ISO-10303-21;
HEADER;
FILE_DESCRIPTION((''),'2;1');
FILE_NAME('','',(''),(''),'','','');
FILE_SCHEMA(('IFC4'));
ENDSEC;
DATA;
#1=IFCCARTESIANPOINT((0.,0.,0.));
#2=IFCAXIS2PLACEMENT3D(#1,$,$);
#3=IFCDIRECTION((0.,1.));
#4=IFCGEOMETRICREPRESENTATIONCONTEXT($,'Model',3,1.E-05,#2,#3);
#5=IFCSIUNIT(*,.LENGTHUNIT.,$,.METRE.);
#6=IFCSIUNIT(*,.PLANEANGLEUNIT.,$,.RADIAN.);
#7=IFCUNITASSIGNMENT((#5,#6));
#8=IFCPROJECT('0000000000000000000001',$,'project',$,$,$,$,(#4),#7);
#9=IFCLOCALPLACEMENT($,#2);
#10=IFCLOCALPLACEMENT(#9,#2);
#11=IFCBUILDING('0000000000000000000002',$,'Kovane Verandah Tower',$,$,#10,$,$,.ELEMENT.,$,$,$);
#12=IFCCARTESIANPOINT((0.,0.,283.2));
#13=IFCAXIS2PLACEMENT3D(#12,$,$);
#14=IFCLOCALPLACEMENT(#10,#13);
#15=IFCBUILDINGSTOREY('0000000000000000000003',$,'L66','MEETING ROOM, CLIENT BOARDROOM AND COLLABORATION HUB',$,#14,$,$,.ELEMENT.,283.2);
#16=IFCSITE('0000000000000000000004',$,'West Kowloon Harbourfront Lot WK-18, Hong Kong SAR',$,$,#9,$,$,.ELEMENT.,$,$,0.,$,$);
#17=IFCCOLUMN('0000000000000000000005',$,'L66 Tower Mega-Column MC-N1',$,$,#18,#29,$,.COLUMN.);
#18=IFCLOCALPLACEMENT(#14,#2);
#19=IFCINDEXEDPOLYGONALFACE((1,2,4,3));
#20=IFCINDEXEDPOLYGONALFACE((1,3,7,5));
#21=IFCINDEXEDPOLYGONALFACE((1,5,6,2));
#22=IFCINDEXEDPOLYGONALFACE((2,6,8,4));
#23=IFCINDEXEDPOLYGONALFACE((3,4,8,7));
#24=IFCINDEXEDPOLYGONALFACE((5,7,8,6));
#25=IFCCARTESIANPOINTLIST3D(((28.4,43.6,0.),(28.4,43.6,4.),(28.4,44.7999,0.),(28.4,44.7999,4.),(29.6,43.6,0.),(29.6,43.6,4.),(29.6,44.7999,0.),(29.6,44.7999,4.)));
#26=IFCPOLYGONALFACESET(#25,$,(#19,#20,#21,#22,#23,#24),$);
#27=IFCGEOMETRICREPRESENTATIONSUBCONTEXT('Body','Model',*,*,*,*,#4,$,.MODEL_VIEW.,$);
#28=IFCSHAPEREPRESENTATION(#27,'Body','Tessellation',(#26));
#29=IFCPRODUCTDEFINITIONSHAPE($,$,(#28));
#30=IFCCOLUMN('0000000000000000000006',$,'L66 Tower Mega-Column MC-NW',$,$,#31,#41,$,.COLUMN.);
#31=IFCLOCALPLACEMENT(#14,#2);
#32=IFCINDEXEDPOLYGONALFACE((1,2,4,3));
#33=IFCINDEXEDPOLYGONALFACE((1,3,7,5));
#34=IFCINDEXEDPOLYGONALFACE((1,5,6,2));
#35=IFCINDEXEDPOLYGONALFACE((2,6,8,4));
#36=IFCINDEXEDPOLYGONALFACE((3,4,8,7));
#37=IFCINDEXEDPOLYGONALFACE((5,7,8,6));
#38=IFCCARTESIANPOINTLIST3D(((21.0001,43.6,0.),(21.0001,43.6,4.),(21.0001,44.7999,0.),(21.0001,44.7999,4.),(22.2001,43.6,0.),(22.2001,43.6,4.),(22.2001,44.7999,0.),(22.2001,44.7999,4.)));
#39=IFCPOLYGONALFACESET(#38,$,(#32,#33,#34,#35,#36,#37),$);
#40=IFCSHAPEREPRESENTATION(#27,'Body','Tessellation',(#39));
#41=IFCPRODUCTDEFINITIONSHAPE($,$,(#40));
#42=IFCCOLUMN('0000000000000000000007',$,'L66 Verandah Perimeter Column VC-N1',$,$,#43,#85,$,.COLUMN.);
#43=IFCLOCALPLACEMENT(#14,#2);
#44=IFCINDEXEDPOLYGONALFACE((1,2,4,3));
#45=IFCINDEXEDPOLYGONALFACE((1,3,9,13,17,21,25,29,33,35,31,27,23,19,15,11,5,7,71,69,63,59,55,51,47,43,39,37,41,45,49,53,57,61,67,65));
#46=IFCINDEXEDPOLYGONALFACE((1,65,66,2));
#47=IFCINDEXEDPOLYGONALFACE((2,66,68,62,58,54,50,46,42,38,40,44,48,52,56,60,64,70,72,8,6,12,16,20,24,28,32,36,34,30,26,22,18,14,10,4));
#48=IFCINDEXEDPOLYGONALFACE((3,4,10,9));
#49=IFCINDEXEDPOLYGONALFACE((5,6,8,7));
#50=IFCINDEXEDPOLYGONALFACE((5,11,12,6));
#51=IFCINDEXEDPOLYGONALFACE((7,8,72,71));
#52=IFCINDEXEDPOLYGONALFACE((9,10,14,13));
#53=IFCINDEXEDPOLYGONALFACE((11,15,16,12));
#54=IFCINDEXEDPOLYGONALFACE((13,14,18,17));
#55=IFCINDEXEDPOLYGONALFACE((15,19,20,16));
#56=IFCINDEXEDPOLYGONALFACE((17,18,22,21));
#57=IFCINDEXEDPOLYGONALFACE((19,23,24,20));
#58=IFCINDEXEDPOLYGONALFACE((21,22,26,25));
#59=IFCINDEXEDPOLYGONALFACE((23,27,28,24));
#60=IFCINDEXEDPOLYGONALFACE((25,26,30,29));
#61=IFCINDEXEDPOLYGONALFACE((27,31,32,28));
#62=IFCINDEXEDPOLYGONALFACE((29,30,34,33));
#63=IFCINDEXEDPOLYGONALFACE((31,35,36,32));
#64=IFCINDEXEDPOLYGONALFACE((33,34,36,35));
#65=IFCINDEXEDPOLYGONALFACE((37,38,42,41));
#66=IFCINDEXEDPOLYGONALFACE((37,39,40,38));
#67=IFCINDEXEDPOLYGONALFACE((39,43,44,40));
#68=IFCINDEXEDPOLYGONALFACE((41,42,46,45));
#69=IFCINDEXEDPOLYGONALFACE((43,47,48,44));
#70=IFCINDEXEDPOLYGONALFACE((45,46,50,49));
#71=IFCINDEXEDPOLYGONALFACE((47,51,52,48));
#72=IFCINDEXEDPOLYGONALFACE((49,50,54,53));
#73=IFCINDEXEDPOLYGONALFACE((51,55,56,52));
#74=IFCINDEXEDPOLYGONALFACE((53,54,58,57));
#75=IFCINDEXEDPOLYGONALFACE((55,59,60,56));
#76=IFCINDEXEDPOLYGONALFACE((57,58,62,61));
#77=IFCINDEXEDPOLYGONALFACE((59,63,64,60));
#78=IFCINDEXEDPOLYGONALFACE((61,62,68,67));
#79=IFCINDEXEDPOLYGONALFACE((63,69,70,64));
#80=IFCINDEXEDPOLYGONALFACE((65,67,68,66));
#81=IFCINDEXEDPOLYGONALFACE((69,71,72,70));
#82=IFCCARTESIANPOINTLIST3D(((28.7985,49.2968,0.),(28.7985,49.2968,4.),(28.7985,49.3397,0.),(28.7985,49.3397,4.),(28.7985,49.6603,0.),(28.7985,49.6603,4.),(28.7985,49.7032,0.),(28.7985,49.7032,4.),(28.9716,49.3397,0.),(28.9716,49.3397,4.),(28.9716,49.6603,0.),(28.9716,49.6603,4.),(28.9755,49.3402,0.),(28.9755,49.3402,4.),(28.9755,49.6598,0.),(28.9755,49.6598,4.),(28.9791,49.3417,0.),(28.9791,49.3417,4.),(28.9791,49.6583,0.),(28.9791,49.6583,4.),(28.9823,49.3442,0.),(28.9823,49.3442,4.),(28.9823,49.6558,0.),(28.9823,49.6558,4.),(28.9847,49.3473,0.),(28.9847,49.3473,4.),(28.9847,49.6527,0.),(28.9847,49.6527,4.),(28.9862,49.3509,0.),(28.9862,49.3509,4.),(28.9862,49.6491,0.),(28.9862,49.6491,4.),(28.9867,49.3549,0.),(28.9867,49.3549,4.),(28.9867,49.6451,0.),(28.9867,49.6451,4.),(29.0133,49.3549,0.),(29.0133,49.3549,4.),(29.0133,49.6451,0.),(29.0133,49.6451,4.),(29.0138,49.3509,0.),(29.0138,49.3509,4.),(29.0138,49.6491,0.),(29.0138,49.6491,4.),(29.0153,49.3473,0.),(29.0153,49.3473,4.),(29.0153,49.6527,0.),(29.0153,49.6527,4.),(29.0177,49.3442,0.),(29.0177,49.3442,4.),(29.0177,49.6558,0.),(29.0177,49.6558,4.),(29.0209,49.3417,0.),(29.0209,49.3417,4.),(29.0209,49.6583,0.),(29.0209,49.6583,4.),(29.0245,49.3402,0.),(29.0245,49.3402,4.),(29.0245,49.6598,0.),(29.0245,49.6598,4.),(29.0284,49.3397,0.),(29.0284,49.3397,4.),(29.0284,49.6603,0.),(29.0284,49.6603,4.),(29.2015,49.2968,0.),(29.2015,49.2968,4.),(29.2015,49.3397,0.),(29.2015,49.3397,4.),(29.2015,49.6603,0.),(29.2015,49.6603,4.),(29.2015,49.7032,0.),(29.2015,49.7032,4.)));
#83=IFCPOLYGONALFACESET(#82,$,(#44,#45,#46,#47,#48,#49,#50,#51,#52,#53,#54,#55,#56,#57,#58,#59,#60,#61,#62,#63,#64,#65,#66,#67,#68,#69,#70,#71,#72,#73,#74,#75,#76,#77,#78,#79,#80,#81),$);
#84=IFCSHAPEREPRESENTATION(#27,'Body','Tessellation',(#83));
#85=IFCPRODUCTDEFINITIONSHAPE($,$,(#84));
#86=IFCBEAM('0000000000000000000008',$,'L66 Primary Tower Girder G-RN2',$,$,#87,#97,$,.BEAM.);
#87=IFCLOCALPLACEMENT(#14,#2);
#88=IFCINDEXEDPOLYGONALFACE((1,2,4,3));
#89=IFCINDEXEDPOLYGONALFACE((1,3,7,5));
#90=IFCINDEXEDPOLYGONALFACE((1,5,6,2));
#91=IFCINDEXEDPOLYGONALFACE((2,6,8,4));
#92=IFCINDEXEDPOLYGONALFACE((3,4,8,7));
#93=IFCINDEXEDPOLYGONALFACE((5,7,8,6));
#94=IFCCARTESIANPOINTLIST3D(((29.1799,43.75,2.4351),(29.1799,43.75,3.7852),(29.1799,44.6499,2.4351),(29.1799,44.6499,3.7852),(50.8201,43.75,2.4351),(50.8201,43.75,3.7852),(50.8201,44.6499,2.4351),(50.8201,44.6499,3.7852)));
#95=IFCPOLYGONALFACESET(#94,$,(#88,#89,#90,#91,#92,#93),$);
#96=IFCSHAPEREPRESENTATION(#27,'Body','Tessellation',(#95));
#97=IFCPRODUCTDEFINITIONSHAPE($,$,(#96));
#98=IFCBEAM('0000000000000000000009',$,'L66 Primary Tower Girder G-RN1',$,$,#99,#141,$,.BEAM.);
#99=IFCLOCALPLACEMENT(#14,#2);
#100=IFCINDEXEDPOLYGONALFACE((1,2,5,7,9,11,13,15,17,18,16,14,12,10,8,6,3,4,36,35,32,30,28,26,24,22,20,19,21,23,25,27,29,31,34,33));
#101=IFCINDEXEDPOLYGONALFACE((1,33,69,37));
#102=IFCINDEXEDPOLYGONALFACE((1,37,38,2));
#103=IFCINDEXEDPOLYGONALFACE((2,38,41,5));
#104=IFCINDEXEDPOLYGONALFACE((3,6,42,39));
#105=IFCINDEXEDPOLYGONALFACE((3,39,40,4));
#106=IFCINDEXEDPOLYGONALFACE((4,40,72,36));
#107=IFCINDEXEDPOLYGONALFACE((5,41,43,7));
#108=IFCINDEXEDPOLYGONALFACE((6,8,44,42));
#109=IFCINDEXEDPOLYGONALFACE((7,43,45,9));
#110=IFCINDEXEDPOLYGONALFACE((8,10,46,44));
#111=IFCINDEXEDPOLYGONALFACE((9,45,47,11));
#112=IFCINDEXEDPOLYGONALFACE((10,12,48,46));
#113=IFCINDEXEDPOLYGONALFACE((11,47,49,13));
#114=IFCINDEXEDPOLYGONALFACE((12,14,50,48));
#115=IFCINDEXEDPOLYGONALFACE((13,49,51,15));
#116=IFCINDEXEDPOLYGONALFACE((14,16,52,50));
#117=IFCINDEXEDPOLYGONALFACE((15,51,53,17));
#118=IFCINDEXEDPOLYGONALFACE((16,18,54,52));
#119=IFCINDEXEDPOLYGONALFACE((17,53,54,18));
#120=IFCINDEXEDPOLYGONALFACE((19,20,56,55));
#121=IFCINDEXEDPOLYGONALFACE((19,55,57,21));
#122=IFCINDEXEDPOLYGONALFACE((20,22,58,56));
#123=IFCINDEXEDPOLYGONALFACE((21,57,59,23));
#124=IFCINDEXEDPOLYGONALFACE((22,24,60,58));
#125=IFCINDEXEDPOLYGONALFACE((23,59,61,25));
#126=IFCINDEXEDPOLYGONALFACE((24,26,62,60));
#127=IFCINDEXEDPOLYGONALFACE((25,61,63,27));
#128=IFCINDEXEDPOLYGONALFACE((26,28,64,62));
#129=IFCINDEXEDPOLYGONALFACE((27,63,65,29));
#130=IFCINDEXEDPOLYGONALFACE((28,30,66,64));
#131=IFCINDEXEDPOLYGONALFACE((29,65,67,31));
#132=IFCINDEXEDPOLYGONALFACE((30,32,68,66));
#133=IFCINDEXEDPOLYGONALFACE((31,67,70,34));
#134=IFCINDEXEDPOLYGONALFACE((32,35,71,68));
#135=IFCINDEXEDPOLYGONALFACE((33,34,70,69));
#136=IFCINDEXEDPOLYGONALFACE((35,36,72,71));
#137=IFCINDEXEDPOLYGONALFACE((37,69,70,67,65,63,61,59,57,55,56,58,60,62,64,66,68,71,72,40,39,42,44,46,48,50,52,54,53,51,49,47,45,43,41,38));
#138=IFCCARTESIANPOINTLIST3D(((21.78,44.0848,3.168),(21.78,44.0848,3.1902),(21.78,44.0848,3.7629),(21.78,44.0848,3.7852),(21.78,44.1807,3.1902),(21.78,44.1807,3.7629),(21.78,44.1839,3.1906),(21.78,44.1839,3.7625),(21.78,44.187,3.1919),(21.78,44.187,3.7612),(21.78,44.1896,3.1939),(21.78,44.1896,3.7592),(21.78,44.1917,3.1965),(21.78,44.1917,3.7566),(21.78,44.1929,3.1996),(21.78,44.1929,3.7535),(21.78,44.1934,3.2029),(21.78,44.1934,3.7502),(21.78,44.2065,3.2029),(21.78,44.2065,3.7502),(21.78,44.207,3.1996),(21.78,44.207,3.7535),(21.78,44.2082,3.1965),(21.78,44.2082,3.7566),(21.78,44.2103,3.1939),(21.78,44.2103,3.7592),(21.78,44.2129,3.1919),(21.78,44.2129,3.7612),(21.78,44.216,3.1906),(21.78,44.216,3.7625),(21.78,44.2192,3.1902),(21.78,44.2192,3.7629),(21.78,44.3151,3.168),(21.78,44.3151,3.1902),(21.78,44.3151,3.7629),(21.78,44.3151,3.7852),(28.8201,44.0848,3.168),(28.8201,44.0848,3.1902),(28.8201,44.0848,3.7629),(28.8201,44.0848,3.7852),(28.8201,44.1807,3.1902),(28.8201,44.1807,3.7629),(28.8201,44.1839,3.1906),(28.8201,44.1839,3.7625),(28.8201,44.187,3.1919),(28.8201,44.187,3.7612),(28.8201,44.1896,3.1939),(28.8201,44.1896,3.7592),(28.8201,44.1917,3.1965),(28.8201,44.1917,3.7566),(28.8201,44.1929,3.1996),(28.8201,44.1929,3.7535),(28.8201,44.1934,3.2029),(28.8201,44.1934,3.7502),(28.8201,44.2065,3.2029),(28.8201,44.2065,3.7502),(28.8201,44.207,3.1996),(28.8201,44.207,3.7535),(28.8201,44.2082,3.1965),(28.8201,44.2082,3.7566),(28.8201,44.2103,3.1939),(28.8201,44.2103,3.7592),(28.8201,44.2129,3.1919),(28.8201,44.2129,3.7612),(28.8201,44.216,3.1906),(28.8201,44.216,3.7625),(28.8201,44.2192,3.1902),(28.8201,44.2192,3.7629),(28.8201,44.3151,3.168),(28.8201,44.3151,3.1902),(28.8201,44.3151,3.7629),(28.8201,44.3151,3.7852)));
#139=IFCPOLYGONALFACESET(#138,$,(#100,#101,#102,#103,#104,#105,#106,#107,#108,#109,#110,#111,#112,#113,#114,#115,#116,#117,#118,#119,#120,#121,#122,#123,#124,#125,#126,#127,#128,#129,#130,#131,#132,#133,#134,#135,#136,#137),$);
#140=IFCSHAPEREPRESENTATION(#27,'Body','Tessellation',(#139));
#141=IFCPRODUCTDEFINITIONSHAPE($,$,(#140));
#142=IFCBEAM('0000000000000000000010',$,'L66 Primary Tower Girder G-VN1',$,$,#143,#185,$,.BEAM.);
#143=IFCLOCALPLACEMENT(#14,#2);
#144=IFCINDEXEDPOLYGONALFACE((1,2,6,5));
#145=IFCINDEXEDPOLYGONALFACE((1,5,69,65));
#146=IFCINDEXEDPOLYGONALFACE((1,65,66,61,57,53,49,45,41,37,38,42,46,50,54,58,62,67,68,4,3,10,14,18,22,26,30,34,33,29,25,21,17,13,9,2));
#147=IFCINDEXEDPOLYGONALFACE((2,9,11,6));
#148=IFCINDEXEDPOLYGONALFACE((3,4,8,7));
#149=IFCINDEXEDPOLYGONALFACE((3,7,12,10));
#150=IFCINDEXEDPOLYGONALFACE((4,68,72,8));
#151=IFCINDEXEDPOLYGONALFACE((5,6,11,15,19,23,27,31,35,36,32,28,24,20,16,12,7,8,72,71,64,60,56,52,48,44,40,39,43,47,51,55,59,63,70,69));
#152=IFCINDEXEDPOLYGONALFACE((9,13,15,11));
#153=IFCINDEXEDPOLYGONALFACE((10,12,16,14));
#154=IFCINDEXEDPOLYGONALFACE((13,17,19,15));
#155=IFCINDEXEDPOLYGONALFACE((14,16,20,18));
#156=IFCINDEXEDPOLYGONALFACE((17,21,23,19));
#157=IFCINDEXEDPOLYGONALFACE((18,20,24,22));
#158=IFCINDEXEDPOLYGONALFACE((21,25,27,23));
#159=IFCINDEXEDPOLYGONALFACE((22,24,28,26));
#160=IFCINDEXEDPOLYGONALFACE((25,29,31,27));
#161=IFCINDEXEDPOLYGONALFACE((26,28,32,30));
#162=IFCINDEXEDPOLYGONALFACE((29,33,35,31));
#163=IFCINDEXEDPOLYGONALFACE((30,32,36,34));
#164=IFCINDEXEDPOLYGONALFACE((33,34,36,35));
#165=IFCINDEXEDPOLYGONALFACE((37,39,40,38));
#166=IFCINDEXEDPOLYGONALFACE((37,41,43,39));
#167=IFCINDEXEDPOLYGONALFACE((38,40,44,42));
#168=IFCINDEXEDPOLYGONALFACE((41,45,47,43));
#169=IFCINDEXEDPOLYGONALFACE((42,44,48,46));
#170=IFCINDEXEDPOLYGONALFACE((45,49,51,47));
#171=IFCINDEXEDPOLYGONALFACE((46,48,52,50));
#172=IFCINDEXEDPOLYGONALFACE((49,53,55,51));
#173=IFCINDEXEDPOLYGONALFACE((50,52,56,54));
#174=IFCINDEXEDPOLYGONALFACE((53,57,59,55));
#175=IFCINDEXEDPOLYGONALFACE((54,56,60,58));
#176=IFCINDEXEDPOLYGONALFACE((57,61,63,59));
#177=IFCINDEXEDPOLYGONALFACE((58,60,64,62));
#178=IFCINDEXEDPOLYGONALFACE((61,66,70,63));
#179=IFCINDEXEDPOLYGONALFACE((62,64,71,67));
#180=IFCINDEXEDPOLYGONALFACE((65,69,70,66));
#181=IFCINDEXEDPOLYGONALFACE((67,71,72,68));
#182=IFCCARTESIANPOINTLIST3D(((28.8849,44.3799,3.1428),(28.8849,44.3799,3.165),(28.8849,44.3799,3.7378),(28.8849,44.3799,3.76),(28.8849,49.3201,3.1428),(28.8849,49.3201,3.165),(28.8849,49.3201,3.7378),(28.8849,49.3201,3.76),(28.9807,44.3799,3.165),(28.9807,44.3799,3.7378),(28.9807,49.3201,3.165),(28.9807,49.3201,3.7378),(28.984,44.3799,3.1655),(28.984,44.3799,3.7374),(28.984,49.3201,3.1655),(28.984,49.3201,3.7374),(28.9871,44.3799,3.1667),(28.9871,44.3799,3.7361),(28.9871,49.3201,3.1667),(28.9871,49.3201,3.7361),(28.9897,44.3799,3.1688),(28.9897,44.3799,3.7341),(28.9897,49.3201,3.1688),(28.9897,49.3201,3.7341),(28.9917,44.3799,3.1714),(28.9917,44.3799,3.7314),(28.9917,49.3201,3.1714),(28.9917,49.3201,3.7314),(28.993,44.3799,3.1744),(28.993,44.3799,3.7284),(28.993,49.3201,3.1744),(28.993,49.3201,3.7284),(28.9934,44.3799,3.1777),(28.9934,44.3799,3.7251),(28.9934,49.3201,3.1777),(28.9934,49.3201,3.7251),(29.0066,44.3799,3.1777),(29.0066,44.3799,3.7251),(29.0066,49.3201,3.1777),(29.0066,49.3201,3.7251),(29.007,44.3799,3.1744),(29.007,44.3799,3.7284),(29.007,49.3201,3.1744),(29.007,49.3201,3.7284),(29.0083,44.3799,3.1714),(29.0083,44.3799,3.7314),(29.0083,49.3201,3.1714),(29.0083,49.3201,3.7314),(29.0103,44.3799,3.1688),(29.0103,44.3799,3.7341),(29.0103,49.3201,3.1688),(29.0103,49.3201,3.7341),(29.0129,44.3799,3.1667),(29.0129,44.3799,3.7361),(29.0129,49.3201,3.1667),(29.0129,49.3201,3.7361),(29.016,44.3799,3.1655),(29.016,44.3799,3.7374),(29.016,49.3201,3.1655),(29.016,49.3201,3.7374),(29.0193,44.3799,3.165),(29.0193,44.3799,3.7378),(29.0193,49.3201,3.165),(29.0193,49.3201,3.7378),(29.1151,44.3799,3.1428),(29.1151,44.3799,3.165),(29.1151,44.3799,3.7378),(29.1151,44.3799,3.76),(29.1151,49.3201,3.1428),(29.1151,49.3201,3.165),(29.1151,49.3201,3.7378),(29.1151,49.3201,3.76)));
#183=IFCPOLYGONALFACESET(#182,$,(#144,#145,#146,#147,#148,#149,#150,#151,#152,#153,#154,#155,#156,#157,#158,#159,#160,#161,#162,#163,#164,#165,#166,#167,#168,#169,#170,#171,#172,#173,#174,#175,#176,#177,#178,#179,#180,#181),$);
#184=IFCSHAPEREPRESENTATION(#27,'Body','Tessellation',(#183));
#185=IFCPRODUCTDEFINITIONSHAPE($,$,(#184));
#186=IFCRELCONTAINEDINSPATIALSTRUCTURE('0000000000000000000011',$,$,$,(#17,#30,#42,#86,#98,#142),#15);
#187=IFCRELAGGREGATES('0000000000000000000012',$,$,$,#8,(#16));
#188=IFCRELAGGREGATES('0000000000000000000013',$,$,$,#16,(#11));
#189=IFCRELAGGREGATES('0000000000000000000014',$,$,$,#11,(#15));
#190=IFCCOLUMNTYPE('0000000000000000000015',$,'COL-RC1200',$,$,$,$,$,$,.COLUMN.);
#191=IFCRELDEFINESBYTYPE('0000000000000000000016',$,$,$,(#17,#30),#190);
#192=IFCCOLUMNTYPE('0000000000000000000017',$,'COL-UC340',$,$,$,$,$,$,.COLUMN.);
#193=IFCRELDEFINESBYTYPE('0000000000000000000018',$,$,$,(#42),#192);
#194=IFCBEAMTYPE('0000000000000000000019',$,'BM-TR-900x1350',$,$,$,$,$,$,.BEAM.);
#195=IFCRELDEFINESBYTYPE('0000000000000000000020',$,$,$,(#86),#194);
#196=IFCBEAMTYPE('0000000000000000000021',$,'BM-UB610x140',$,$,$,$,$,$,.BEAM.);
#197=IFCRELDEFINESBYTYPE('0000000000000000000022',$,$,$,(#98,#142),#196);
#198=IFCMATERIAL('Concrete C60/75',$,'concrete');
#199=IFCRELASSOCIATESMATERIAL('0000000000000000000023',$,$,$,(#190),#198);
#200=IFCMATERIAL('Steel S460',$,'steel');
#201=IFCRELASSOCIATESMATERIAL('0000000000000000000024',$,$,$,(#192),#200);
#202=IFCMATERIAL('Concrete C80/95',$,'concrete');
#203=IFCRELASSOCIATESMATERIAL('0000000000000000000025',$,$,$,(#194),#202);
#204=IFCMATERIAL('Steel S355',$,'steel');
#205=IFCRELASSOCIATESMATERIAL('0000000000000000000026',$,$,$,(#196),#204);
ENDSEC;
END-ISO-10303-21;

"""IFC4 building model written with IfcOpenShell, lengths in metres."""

from ifc_helpers import new_model, si_unit, direction, frame, origin, origin_2d, place, context, subcontext, project, spatial, rectangle, i_section, extrude, material, material_profile, profile_set, type_object, element, save


model = new_model("IFC4")

# Units and contexts
model_context = context("Model", 3, precision=1e-05, world=origin(), true_north=direction((0.0, 1.0)))
body_context = subcontext(model_context, "Body", "Model", "MODEL_VIEW")
ifc_project = project(units=[si_unit("LENGTHUNIT", "METRE"), si_unit("PLANEANGLEUNIT", "RADIAN")], contexts=[model_context])

# Site, building, storey
site_placement = place(None, origin())
site = spatial("IfcSite", under=ifc_project, at=site_placement, Name="West Kowloon Harbourfront Lot WK-18, Hong Kong SAR", CompositionType="ELEMENT", RefElevation=0.0)
building_placement = place(site_placement, origin())
building = spatial("IfcBuilding", under=site, at=building_placement, Name="Kovane Verandah Tower", CompositionType="ELEMENT")
storey_placement = place(building_placement, frame((0.0, 0.0, 283.2)))
storey = spatial("IfcBuildingStorey", under=building, at=storey_placement, Name="L66", Description="MEETING ROOM, CLIENT BOARDROOM AND COLLABORATION HUB", CompositionType="ELEMENT", Elevation=283.2)

# Columns
ifc_material_1 = material(Name="Concrete C60/75", Category="concrete")
ifc_material_profile_1 = material_profile(ifc_material_1, rectangle(XDim=1.2, YDim=1.2, at=origin_2d()), Name="RC1200x1200")
ifc_profile_set_1 = profile_set([ifc_material_profile_1], Name="Concrete C60/75")
column_type_1 = type_object("IfcColumnType", Name="COL-RC1200", PredefinedType="COLUMN", material=ifc_profile_set_1)
for number, where, z_axis, x_axis, name in (
    (1, (29.0, 44.2, 0.0), (0.0, 0.0, 1.0), (1.0, 0.0, 0.0), "L66 Tower Mega-Column MC-N1"),
    (2, (21.6001, 44.2, 0.0), (0.0, 0.0, 1.0), (1.0, 0.0, 0.0), "L66 Tower Mega-Column MC-NW"),
):
    element("IfcColumn", number, at=place(storey_placement, frame(where, z_axis=z_axis, x_axis=x_axis)), inside=storey, type_object=column_type_1, Name=name, PredefinedType="COLUMN", context=body_context, shape_type="SweptSolid", body=[
        extrude(rectangle(XDim=1.2, YDim=1.2, at=origin_2d()), origin(), (0.0, 0.0, 1.0), 4.0),
    ])
ifc_material_2 = material(Name="Steel S460", Category="steel")
ifc_material_profile_2 = material_profile(ifc_material_2, i_section(OverallWidth=0.4031, OverallDepth=0.4065, WebThickness=0.0266, FlangeThickness=0.043, FilletRadius=0.0151, at=origin_2d()), Name="UC356x406x340")
ifc_profile_set_2 = profile_set([ifc_material_profile_2], Name="Steel S460")
column_type_2 = type_object("IfcColumnType", Name="COL-UC340", PredefinedType="COLUMN", material=ifc_profile_set_2)
column_placement = place(storey_placement, frame((29.0, 49.5, 0.0), z_axis=(0.0, 0.0, 1.0), x_axis=(1.0, 0.0, 0.0)))
element("IfcColumn", 3, at=column_placement, inside=storey, type_object=column_type_2, Name="L66 Verandah Perimeter Column VC-N1", PredefinedType="COLUMN", context=body_context, shape_type="SweptSolid", body=[
    extrude(i_section(OverallWidth=0.4031, OverallDepth=0.4065, WebThickness=0.0266, FlangeThickness=0.043, FilletRadius=0.0151, at=origin_2d()), origin(), (0.0, 0.0, 1.0), 4.0),
])

# Beams
ifc_material_3 = material(Name="Concrete C80/95", Category="concrete")
ifc_material_profile_3 = material_profile(ifc_material_3, rectangle(XDim=0.8999, YDim=1.3501, at=origin_2d()), Name="RCB900x1350")
ifc_profile_set_3 = profile_set([ifc_material_profile_3], Name="Concrete C80/95")
beam_type_1 = type_object("IfcBeamType", Name="BM-TR-900x1350", PredefinedType="BEAM", material=ifc_profile_set_3)
beam_1_placement = place(storey_placement, frame((29.1799, 44.2, 3.1101), z_axis=(1.0, 0.0, 0.0), x_axis=(0.0, 1.0, 0.0)))
element("IfcBeam", 4, at=beam_1_placement, inside=storey, type_object=beam_type_1, Name="L66 Primary Tower Girder G-RN2", PredefinedType="BEAM", context=body_context, shape_type="SweptSolid", body=[
    extrude(rectangle(XDim=0.8999, YDim=1.3501, at=origin_2d()), origin(), (0.0, 0.0, 1.0), 21.6401),
])
ifc_material_4 = material(Name="Steel S355", Category="steel")
ifc_material_profile_4 = material_profile(ifc_material_4, i_section(OverallWidth=0.2302, OverallDepth=0.6172, WebThickness=0.0132, FlangeThickness=0.0222, FilletRadius=0.0127, at=origin_2d()), Name="UB610x229x140")
ifc_profile_set_4 = profile_set([ifc_material_profile_4], Name="Steel S355")
beam_type_2 = type_object("IfcBeamType", Name="BM-UB610x140", PredefinedType="BEAM", material=ifc_profile_set_4)
beam_2_placement = place(storey_placement, frame((21.78, 44.2, 3.4766), z_axis=(1.0, 0.0, 0.0), x_axis=(0.0, 1.0, 0.0)))
element("IfcBeam", 5, at=beam_2_placement, inside=storey, type_object=beam_type_2, Name="L66 Primary Tower Girder G-RN1", PredefinedType="BEAM", context=body_context, shape_type="SweptSolid", body=[
    extrude(i_section(OverallWidth=0.2302, OverallDepth=0.6172, WebThickness=0.0132, FlangeThickness=0.0222, FilletRadius=0.0127, at=origin_2d()), origin(), (0.0, 0.0, 1.0), 7.04),
])
beam_3_placement = place(storey_placement, frame((29.0, 44.3799, 3.4514), z_axis=(0.0, 1.0, 0.0), x_axis=(-1.0, 0.0, 0.0)))
element("IfcBeam", 6, at=beam_3_placement, inside=storey, type_object=beam_type_2, Name="L66 Primary Tower Girder G-VN1", PredefinedType="BEAM", context=body_context, shape_type="SweptSolid", body=[
    extrude(i_section(OverallWidth=0.2302, OverallDepth=0.6172, WebThickness=0.0132, FlangeThickness=0.0222, FilletRadius=0.0127, at=origin_2d()), origin(), (0.0, 0.0, 1.0), 4.9402),
])

save(model, "model.ifc")
